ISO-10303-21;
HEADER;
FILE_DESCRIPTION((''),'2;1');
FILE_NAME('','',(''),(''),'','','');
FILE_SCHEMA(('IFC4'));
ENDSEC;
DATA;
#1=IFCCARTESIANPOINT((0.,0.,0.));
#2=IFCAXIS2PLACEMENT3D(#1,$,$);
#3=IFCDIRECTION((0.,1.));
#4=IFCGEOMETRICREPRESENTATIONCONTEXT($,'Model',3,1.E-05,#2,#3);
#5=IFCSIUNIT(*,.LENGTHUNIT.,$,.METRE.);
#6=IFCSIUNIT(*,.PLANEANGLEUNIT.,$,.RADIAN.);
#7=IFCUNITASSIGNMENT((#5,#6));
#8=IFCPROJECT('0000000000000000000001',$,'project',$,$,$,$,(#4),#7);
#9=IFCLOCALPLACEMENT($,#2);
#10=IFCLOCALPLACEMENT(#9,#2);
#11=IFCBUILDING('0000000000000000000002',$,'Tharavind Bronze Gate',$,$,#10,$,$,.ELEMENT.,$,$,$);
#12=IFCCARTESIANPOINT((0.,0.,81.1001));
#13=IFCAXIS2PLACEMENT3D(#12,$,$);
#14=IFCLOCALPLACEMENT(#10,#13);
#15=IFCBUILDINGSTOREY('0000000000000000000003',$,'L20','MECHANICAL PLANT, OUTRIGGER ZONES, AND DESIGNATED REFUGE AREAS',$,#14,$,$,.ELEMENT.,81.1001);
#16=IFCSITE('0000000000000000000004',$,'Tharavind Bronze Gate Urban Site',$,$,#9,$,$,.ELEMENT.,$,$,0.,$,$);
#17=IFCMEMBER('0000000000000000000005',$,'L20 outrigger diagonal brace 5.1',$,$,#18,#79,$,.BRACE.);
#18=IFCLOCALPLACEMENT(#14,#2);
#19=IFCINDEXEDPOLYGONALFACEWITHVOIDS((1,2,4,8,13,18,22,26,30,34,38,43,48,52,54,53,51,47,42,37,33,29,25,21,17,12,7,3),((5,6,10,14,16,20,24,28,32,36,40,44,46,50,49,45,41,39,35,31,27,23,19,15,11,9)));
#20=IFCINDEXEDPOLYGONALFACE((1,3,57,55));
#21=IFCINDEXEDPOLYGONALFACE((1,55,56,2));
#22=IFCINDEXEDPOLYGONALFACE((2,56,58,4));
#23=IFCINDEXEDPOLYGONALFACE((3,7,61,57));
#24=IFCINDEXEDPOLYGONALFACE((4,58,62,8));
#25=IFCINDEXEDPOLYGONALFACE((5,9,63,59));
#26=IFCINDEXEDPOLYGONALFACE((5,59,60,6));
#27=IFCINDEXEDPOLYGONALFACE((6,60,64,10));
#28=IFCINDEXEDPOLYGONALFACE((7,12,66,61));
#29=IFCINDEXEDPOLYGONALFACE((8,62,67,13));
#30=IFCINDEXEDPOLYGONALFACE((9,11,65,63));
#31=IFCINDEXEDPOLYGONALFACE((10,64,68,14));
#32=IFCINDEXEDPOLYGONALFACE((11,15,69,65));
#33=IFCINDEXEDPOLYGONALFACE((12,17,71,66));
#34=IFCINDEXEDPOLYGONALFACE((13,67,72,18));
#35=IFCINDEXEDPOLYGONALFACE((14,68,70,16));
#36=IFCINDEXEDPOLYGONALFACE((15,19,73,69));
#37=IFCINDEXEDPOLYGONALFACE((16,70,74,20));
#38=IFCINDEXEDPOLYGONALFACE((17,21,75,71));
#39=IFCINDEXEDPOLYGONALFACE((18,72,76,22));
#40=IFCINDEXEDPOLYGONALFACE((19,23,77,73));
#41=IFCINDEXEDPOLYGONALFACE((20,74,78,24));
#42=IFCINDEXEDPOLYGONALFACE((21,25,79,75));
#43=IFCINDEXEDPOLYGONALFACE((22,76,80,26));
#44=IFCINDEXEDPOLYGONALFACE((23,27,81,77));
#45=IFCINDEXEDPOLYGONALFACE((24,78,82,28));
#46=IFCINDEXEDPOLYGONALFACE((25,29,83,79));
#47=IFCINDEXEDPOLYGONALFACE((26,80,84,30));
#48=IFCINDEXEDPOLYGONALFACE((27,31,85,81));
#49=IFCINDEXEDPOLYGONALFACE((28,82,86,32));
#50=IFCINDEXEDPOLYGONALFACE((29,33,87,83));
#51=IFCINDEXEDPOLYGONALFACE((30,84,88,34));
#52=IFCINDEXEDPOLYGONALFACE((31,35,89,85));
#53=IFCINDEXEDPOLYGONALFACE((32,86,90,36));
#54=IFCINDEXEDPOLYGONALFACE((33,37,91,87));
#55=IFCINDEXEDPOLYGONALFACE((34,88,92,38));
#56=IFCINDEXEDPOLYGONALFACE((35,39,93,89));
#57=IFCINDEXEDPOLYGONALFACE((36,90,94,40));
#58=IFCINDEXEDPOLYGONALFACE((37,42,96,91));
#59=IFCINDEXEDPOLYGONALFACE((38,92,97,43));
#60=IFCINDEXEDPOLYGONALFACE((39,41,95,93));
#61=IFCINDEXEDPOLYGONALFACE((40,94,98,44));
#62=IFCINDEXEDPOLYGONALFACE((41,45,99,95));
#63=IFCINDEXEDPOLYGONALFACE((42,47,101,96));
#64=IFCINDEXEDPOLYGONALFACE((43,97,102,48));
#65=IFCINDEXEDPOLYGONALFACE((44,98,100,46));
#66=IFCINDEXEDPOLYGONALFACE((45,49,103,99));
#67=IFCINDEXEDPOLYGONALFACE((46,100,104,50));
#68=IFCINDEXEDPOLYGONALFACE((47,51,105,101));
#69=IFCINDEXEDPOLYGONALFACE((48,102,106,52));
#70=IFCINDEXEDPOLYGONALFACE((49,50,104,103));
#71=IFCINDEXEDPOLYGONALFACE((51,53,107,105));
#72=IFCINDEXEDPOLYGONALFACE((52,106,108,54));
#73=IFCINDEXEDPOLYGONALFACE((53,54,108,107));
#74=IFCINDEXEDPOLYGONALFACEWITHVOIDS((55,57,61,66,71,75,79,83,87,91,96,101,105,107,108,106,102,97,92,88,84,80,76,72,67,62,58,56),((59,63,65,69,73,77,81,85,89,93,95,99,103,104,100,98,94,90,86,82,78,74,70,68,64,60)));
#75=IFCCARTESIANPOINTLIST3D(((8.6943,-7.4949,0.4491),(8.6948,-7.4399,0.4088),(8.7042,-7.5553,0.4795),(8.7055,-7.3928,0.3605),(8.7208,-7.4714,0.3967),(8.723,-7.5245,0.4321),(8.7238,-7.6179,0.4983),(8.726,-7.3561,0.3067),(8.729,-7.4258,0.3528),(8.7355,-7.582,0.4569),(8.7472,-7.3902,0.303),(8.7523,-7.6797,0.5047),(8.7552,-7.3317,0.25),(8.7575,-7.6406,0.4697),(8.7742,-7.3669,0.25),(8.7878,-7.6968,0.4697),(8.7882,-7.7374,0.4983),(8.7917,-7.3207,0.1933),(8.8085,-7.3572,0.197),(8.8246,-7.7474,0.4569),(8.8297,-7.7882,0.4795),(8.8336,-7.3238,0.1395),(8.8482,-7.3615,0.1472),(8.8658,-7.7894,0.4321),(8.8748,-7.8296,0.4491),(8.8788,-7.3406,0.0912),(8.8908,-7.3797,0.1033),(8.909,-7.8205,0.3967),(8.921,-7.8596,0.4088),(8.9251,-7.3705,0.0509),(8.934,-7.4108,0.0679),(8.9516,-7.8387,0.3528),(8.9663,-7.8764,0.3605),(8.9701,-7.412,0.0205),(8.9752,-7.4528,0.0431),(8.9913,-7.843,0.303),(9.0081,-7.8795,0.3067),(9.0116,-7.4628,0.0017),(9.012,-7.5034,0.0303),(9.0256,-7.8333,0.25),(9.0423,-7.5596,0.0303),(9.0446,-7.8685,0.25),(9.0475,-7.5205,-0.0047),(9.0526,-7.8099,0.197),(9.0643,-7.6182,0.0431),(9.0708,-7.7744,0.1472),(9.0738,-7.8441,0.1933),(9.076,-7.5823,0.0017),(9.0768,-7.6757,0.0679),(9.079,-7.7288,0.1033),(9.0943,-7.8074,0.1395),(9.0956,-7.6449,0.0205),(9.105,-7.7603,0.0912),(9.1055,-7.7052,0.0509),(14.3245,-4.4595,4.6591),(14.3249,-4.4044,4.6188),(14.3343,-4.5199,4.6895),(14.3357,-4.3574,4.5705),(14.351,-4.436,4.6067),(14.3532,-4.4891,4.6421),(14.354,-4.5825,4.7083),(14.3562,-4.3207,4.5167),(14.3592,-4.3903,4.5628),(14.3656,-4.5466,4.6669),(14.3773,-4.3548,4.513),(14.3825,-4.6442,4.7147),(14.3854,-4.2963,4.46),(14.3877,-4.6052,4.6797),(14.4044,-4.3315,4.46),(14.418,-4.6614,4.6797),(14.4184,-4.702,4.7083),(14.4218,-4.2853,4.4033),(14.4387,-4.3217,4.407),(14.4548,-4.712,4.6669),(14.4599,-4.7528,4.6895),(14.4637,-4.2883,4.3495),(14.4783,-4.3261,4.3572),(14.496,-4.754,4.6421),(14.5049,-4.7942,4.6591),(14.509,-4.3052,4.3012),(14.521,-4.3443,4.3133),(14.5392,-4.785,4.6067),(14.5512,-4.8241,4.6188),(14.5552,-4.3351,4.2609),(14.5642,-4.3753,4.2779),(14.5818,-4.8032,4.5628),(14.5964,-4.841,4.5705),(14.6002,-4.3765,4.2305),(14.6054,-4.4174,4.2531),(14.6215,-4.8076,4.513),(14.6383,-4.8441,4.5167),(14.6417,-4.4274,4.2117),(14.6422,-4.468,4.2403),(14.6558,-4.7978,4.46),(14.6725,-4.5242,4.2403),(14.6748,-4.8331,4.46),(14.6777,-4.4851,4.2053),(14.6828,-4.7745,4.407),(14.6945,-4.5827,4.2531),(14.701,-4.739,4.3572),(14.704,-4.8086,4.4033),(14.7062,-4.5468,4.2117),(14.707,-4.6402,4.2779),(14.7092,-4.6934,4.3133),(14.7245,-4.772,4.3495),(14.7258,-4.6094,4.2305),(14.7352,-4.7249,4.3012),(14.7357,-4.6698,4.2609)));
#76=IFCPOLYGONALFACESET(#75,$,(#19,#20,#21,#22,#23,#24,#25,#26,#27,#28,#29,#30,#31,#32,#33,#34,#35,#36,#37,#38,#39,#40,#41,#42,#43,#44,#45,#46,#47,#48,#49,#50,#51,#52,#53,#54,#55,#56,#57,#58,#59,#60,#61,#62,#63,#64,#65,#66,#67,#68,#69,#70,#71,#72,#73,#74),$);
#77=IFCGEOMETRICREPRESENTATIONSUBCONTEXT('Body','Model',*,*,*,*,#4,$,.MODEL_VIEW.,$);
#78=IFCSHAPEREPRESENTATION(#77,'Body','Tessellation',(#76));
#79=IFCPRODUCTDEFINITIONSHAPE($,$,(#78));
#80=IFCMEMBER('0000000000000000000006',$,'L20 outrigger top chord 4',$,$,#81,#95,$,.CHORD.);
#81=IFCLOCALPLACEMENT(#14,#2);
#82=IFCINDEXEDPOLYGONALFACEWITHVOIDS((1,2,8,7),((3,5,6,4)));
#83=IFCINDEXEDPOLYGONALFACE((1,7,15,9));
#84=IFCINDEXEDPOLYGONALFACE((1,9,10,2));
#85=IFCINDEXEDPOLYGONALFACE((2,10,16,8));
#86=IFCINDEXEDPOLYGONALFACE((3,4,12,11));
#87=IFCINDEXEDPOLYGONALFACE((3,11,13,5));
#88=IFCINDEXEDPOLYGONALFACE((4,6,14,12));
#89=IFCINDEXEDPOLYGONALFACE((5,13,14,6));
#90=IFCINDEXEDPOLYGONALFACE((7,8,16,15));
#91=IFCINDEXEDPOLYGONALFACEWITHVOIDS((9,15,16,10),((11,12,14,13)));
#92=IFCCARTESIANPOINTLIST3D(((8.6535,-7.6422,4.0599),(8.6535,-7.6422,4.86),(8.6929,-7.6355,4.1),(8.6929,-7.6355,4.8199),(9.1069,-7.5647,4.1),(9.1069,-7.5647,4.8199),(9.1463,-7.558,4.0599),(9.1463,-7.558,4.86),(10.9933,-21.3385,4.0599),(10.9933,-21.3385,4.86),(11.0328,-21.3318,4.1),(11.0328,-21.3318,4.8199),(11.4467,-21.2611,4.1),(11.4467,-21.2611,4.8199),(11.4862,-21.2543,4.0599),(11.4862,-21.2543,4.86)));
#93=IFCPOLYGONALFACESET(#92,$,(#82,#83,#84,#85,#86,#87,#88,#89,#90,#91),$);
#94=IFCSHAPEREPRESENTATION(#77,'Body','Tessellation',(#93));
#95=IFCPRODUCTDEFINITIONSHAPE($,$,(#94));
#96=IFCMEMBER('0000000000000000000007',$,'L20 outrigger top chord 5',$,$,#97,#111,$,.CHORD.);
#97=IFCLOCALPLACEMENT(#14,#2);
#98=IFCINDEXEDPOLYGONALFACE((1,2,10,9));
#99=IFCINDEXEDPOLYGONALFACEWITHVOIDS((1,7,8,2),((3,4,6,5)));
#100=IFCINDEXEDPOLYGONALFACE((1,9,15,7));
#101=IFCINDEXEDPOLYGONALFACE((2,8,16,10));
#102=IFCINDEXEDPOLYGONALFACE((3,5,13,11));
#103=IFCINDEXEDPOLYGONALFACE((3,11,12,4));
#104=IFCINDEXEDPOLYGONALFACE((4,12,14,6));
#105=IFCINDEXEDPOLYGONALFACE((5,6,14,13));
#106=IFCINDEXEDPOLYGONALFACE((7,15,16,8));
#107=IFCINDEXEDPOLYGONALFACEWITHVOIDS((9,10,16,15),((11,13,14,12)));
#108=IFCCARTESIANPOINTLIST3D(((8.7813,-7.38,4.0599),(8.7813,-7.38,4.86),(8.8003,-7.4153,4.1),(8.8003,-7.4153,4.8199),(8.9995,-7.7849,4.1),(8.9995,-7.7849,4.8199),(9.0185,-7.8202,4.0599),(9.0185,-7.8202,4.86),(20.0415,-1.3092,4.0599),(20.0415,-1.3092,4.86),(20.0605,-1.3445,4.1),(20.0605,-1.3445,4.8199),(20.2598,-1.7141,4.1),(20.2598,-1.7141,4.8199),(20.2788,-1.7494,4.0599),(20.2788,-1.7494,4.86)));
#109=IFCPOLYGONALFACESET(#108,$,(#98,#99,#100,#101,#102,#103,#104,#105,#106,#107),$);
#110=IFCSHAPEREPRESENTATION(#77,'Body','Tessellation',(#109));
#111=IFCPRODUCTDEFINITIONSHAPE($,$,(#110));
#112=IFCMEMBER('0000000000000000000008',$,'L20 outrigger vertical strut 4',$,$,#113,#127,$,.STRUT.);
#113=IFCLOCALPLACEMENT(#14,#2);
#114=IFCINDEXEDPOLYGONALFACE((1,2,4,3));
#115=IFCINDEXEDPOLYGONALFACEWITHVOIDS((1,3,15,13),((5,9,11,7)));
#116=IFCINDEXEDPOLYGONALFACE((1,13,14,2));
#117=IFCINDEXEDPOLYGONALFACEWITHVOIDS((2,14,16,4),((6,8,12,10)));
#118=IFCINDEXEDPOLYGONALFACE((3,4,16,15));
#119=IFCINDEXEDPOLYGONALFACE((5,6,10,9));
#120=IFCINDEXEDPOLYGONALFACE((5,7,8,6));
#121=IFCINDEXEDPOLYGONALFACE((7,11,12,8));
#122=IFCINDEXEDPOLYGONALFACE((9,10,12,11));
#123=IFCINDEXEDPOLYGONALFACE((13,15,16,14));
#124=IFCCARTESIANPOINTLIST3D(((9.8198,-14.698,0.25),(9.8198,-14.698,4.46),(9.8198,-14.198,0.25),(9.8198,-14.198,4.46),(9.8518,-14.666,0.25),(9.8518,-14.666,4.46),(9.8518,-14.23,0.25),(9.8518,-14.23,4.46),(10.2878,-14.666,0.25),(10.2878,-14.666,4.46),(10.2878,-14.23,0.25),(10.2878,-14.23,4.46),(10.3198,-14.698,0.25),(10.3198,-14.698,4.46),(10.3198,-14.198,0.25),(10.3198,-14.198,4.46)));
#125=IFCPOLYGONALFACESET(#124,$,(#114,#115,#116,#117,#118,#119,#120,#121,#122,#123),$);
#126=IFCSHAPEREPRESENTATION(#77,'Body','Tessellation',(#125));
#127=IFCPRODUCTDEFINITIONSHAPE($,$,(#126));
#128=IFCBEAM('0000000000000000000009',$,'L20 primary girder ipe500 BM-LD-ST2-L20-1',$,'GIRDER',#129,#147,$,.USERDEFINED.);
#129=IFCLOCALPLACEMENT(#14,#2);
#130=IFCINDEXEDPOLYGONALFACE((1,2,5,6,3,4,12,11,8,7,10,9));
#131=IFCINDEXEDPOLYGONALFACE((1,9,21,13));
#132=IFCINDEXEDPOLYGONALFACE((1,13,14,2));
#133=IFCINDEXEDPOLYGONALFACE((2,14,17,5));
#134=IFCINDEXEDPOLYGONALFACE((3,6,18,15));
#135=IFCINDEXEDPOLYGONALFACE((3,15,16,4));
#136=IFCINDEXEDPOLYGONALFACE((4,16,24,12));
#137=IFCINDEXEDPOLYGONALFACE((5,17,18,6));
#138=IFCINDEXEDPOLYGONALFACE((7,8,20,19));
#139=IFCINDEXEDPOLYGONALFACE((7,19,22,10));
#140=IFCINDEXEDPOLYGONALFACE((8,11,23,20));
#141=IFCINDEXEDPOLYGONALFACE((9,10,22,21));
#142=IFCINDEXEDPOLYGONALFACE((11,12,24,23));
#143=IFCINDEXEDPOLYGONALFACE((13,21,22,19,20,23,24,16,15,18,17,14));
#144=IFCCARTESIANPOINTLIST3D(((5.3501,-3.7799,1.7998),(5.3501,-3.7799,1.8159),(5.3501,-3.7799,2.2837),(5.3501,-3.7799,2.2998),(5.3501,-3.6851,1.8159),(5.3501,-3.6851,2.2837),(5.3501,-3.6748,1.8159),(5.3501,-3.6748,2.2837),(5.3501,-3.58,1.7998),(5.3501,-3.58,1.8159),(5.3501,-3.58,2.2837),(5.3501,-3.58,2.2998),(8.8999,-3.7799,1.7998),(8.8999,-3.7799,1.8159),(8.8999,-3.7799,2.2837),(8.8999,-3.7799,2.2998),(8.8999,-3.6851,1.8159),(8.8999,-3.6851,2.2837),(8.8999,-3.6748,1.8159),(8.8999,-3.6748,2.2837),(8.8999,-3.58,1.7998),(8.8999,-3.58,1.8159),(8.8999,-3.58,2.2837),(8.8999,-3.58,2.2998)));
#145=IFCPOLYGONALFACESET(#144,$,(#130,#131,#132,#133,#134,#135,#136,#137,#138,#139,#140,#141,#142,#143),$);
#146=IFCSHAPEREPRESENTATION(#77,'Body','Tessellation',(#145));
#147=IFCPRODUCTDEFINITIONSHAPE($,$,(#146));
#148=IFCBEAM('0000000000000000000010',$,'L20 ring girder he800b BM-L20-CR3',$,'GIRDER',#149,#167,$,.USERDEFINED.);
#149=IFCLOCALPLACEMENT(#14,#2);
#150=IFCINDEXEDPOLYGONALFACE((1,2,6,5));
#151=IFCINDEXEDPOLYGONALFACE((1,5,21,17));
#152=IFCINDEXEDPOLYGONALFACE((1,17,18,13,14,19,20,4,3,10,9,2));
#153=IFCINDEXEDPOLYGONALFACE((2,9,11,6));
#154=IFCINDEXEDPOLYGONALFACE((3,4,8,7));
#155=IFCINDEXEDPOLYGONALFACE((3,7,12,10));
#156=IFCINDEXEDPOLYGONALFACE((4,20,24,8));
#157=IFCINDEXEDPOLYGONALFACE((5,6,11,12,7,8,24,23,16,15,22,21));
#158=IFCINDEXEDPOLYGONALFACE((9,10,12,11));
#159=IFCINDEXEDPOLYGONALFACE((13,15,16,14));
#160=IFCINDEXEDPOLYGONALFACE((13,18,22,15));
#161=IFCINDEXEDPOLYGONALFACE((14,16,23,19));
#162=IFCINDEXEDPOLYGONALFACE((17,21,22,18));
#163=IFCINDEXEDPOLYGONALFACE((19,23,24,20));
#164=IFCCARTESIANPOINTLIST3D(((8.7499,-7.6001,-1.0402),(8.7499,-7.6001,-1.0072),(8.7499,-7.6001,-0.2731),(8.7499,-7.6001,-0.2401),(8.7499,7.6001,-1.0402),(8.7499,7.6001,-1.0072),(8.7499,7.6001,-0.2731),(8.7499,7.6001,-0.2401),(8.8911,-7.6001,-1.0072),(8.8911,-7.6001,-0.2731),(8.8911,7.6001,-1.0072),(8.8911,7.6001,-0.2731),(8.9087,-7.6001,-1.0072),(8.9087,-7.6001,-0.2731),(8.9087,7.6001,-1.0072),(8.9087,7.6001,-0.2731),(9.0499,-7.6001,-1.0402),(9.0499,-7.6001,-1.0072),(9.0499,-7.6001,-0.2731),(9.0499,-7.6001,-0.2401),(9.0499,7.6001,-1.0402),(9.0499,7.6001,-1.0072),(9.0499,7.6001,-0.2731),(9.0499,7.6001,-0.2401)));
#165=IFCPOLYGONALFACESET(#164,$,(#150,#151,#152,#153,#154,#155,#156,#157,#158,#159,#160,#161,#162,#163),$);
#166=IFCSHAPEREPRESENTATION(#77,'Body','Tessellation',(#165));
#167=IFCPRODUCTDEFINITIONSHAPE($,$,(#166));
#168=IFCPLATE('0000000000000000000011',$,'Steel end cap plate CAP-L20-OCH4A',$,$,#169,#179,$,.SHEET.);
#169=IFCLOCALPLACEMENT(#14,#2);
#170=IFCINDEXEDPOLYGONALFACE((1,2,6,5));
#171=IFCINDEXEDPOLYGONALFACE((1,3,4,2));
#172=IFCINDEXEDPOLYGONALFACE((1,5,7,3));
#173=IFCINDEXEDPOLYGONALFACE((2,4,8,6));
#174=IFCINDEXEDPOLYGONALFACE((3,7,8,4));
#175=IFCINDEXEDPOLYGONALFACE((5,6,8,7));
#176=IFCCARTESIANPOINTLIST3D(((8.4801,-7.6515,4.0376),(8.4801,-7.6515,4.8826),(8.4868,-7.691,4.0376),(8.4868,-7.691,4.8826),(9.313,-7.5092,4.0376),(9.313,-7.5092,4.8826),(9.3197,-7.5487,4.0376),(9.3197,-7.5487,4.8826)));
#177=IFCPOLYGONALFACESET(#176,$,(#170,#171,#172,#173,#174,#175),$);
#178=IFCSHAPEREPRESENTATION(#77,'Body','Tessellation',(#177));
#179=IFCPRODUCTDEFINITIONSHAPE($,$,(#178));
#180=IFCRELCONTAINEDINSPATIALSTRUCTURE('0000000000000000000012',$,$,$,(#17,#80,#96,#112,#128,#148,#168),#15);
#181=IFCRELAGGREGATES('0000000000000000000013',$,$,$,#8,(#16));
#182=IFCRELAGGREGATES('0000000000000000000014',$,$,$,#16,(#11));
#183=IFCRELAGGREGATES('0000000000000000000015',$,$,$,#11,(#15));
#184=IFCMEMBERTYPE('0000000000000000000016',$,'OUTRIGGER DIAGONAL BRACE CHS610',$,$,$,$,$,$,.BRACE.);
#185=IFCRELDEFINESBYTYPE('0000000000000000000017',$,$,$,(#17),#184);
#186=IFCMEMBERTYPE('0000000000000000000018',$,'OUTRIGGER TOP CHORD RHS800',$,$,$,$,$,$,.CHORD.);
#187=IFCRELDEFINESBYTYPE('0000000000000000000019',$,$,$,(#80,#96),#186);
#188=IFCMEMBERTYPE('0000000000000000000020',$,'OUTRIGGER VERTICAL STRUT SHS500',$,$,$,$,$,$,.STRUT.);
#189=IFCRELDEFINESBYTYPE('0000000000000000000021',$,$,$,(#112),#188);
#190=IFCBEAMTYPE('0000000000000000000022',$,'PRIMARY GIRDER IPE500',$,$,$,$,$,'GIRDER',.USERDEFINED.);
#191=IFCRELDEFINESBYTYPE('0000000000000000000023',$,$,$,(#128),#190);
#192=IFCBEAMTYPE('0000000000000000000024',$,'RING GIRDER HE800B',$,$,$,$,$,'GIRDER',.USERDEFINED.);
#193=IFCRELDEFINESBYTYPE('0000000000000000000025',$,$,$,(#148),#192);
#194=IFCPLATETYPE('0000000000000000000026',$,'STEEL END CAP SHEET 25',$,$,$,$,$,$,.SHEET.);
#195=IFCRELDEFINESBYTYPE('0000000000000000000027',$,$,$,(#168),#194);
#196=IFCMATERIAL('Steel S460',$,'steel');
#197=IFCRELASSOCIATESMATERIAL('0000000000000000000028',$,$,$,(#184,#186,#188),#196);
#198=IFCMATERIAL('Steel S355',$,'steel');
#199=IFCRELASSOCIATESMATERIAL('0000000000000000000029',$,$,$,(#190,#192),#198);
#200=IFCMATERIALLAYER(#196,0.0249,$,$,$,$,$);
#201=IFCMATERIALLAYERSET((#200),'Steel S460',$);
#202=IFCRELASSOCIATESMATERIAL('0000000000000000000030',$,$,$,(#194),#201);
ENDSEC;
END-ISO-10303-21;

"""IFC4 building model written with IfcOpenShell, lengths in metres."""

from ifc_helpers import new_model, si_unit, direction, frame, origin, origin_2d, place, context, subcontext, project, spatial, rectangle, hollow_rectangle, hollow_circle, i_section, extrude, material, layer, layer_set, material_profile, profile_set, type_object, element, save


model = new_model("IFC4")

# Units and contexts
model_context = context("Model", 3, precision=1e-05, world=origin(), true_north=direction((0.0, 1.0)))
body_context = subcontext(model_context, "Body", "Model", "MODEL_VIEW")
ifc_project = project(units=[si_unit("LENGTHUNIT", "METRE"), si_unit("PLANEANGLEUNIT", "RADIAN")], contexts=[model_context])

# Site, building, storey
site_placement = place(None, origin())
site = spatial("IfcSite", under=ifc_project, at=site_placement, Name="Tharavind Bronze Gate Urban Site", CompositionType="ELEMENT", RefElevation=0.0)
building_placement = place(site_placement, origin())
building = spatial("IfcBuilding", under=site, at=building_placement, Name="Tharavind Bronze Gate", CompositionType="ELEMENT")
storey_placement = place(building_placement, frame((0.0, 0.0, 81.1001)))
storey = spatial("IfcBuildingStorey", under=building, at=storey_placement, Name="L20", Description="MECHANICAL PLANT, OUTRIGGER ZONES, AND DESIGNATED REFUGE AREAS", CompositionType="ELEMENT", Elevation=81.1001)

# Members
ifc_material_1 = material(Name="Steel S460", Category="steel")
ifc_material_profile_1 = material_profile(ifc_material_1, hollow_circle(Radius=0.3049, WallThickness=0.04, at=origin_2d()), Name="CHS610X40")
ifc_profile_set_1 = profile_set([ifc_material_profile_1], Name="Steel S460")
member_type_1 = type_object("IfcMemberType", Name="OUTRIGGER DIAGONAL BRACE CHS610", PredefinedType="BRACE", material=ifc_profile_set_1)
member_1_placement = place(storey_placement, frame((8.8999, -7.6001, 0.25), z_axis=(0.735253, 0.396401, 0.54979), x_axis=(-0.47456, 0.880223, 0.0)))
element("IfcMember", 1, at=member_1_placement, inside=storey, type_object=member_type_1, Name="L20 outrigger diagonal brace 5.1", PredefinedType="BRACE", context=body_context, shape_type="SweptSolid", body=[
    extrude(hollow_circle(Radius=0.3049, WallThickness=0.04, at=origin_2d()), origin(), (0.0, 0.0, 1.0), 7.6575),
])
ifc_material_profile_2 = material_profile(ifc_material_1, hollow_rectangle(XDim=0.5, YDim=0.8, WallThickness=0.04, at=origin_2d()), Name="RHS800X500X40")
ifc_profile_set_2 = profile_set([ifc_material_profile_2], Name="Steel S460")
member_type_2 = type_object("IfcMemberType", Name="OUTRIGGER TOP CHORD RHS800", PredefinedType="CHORD", material=ifc_profile_set_2)
member_2_placement = place(storey_placement, frame((8.8999, -7.6001, 4.46), z_axis=(0.168398, -0.985719, 0.0), x_axis=(0.985719, 0.168398, 0.0)))
element("IfcMember", 2, at=member_2_placement, inside=storey, type_object=member_type_2, Name="L20 outrigger top chord 4", PredefinedType="CHORD", context=body_context, shape_type="SweptSolid", body=[
    extrude(hollow_rectangle(XDim=0.5, YDim=0.8, WallThickness=0.04, at=origin_2d()), origin(), (0.0, 0.0, 1.0), 13.8948),
])
member_3_placement = place(storey_placement, frame((8.8999, -7.6001, 4.46), z_axis=(0.880223, 0.47456, 0.0), x_axis=(-0.47456, 0.880223, 0.0)))
element("IfcMember", 3, at=member_3_placement, inside=storey, type_object=member_type_2, Name="L20 outrigger top chord 5", PredefinedType="CHORD", context=body_context, shape_type="SweptSolid", body=[
    extrude(hollow_rectangle(XDim=0.5, YDim=0.8, WallThickness=0.04, at=origin_2d()), origin(), (0.0, 0.0, 1.0), 12.7925),
])
ifc_material_profile_3 = material_profile(ifc_material_1, hollow_rectangle(XDim=0.5, YDim=0.5, WallThickness=0.032, at=origin_2d()), Name="SHS500X32")
ifc_profile_set_3 = profile_set([ifc_material_profile_3], Name="Steel S460")
member_type_3 = type_object("IfcMemberType", Name="OUTRIGGER VERTICAL STRUT SHS500", PredefinedType="STRUT", material=ifc_profile_set_3)
member_4_placement = place(storey_placement, frame((10.0698, -14.448, 0.25), z_axis=(0.0, 0.0, 1.0), x_axis=(1.0, 0.0, 0.0)))
element("IfcMember", 4, at=member_4_placement, inside=storey, type_object=member_type_3, Name="L20 outrigger vertical strut 4", PredefinedType="STRUT", context=body_context, shape_type="SweptSolid", body=[
    extrude(hollow_rectangle(XDim=0.5, YDim=0.5, WallThickness=0.032, at=origin_2d()), origin(), (0.0, 0.0, 1.0), 4.21),
])

# Beams
ifc_material_2 = material(Name="Steel S355", Category="steel")
ifc_material_profile_4 = material_profile(ifc_material_2, i_section(OverallWidth=0.2, OverallDepth=0.5, WebThickness=0.0103, FlangeThickness=0.0161, at=origin_2d()), Name="IPE500")
ifc_profile_set_4 = profile_set([ifc_material_profile_4], Name="Steel S355")
beam_type_1 = type_object("IfcBeamType", Name="PRIMARY GIRDER IPE500", ElementType="GIRDER", PredefinedType="USERDEFINED", material=ifc_profile_set_4)
beam_1_placement = place(storey_placement, frame((5.3501, -3.6799, 2.0498), z_axis=(1.0, 0.0, 0.0), x_axis=(0.0, 1.0, 0.0)))
element("IfcBeam", 5, at=beam_1_placement, inside=storey, type_object=beam_type_1, Name="L20 primary girder ipe500 BM-LD-ST2-L20-1", ObjectType="GIRDER", PredefinedType="USERDEFINED", context=body_context, shape_type="SweptSolid", body=[
    extrude(i_section(OverallWidth=0.2, OverallDepth=0.5, WebThickness=0.0103, FlangeThickness=0.0161, at=origin_2d()), origin(), (0.0, 0.0, 1.0), 3.5498),
])
ifc_material_profile_5 = material_profile(ifc_material_2, i_section(OverallWidth=0.3, OverallDepth=0.8, WebThickness=0.0176, FlangeThickness=0.033, at=origin_2d()), Name="HE800B")
ifc_profile_set_5 = profile_set([ifc_material_profile_5], Name="Steel S355")
beam_type_2 = type_object("IfcBeamType", Name="RING GIRDER HE800B", ElementType="GIRDER", PredefinedType="USERDEFINED", material=ifc_profile_set_5)
beam_2_placement = place(storey_placement, frame((8.8999, -7.6001, -0.6401), z_axis=(0.0, 1.0, 0.0), x_axis=(-1.0, 0.0, 0.0)))
element("IfcBeam", 6, at=beam_2_placement, inside=storey, type_object=beam_type_2, Name="L20 ring girder he800b BM-L20-CR3", ObjectType="GIRDER", PredefinedType="USERDEFINED", context=body_context, shape_type="SweptSolid", body=[
    extrude(i_section(OverallWidth=0.3, OverallDepth=0.8, WebThickness=0.0176, FlangeThickness=0.033, at=origin_2d()), origin(), (0.0, 0.0, 1.0), 15.2002),
])

# Plate
ifc_layer_1 = layer(ifc_material_1, 0.0249)
ifc_layer_set_1 = layer_set([ifc_layer_1], Name="Steel S460")
plate_type_1 = type_object("IfcPlateType", Name="STEEL END CAP SHEET 25", PredefinedType="SHEET", material=ifc_layer_set_1)
plate_1_placement = place(storey_placement, frame((8.8999, -7.6001, 4.0376), z_axis=(0.0, 0.0, 1.0), x_axis=(-0.168395, 0.98572, 0.0)))
element("IfcPlate", 7, at=plate_1_placement, inside=storey, type_object=plate_type_1, Name="Steel end cap plate CAP-L20-OCH4A", PredefinedType="SHEET", context=body_context, shape_type="SweptSolid", body=[
    extrude(rectangle(XDim=0.04, YDim=0.845, at=origin_2d()), origin(), (0.0, 0.0, 1.0), 0.845),
])

save(model, "model.ifc")
